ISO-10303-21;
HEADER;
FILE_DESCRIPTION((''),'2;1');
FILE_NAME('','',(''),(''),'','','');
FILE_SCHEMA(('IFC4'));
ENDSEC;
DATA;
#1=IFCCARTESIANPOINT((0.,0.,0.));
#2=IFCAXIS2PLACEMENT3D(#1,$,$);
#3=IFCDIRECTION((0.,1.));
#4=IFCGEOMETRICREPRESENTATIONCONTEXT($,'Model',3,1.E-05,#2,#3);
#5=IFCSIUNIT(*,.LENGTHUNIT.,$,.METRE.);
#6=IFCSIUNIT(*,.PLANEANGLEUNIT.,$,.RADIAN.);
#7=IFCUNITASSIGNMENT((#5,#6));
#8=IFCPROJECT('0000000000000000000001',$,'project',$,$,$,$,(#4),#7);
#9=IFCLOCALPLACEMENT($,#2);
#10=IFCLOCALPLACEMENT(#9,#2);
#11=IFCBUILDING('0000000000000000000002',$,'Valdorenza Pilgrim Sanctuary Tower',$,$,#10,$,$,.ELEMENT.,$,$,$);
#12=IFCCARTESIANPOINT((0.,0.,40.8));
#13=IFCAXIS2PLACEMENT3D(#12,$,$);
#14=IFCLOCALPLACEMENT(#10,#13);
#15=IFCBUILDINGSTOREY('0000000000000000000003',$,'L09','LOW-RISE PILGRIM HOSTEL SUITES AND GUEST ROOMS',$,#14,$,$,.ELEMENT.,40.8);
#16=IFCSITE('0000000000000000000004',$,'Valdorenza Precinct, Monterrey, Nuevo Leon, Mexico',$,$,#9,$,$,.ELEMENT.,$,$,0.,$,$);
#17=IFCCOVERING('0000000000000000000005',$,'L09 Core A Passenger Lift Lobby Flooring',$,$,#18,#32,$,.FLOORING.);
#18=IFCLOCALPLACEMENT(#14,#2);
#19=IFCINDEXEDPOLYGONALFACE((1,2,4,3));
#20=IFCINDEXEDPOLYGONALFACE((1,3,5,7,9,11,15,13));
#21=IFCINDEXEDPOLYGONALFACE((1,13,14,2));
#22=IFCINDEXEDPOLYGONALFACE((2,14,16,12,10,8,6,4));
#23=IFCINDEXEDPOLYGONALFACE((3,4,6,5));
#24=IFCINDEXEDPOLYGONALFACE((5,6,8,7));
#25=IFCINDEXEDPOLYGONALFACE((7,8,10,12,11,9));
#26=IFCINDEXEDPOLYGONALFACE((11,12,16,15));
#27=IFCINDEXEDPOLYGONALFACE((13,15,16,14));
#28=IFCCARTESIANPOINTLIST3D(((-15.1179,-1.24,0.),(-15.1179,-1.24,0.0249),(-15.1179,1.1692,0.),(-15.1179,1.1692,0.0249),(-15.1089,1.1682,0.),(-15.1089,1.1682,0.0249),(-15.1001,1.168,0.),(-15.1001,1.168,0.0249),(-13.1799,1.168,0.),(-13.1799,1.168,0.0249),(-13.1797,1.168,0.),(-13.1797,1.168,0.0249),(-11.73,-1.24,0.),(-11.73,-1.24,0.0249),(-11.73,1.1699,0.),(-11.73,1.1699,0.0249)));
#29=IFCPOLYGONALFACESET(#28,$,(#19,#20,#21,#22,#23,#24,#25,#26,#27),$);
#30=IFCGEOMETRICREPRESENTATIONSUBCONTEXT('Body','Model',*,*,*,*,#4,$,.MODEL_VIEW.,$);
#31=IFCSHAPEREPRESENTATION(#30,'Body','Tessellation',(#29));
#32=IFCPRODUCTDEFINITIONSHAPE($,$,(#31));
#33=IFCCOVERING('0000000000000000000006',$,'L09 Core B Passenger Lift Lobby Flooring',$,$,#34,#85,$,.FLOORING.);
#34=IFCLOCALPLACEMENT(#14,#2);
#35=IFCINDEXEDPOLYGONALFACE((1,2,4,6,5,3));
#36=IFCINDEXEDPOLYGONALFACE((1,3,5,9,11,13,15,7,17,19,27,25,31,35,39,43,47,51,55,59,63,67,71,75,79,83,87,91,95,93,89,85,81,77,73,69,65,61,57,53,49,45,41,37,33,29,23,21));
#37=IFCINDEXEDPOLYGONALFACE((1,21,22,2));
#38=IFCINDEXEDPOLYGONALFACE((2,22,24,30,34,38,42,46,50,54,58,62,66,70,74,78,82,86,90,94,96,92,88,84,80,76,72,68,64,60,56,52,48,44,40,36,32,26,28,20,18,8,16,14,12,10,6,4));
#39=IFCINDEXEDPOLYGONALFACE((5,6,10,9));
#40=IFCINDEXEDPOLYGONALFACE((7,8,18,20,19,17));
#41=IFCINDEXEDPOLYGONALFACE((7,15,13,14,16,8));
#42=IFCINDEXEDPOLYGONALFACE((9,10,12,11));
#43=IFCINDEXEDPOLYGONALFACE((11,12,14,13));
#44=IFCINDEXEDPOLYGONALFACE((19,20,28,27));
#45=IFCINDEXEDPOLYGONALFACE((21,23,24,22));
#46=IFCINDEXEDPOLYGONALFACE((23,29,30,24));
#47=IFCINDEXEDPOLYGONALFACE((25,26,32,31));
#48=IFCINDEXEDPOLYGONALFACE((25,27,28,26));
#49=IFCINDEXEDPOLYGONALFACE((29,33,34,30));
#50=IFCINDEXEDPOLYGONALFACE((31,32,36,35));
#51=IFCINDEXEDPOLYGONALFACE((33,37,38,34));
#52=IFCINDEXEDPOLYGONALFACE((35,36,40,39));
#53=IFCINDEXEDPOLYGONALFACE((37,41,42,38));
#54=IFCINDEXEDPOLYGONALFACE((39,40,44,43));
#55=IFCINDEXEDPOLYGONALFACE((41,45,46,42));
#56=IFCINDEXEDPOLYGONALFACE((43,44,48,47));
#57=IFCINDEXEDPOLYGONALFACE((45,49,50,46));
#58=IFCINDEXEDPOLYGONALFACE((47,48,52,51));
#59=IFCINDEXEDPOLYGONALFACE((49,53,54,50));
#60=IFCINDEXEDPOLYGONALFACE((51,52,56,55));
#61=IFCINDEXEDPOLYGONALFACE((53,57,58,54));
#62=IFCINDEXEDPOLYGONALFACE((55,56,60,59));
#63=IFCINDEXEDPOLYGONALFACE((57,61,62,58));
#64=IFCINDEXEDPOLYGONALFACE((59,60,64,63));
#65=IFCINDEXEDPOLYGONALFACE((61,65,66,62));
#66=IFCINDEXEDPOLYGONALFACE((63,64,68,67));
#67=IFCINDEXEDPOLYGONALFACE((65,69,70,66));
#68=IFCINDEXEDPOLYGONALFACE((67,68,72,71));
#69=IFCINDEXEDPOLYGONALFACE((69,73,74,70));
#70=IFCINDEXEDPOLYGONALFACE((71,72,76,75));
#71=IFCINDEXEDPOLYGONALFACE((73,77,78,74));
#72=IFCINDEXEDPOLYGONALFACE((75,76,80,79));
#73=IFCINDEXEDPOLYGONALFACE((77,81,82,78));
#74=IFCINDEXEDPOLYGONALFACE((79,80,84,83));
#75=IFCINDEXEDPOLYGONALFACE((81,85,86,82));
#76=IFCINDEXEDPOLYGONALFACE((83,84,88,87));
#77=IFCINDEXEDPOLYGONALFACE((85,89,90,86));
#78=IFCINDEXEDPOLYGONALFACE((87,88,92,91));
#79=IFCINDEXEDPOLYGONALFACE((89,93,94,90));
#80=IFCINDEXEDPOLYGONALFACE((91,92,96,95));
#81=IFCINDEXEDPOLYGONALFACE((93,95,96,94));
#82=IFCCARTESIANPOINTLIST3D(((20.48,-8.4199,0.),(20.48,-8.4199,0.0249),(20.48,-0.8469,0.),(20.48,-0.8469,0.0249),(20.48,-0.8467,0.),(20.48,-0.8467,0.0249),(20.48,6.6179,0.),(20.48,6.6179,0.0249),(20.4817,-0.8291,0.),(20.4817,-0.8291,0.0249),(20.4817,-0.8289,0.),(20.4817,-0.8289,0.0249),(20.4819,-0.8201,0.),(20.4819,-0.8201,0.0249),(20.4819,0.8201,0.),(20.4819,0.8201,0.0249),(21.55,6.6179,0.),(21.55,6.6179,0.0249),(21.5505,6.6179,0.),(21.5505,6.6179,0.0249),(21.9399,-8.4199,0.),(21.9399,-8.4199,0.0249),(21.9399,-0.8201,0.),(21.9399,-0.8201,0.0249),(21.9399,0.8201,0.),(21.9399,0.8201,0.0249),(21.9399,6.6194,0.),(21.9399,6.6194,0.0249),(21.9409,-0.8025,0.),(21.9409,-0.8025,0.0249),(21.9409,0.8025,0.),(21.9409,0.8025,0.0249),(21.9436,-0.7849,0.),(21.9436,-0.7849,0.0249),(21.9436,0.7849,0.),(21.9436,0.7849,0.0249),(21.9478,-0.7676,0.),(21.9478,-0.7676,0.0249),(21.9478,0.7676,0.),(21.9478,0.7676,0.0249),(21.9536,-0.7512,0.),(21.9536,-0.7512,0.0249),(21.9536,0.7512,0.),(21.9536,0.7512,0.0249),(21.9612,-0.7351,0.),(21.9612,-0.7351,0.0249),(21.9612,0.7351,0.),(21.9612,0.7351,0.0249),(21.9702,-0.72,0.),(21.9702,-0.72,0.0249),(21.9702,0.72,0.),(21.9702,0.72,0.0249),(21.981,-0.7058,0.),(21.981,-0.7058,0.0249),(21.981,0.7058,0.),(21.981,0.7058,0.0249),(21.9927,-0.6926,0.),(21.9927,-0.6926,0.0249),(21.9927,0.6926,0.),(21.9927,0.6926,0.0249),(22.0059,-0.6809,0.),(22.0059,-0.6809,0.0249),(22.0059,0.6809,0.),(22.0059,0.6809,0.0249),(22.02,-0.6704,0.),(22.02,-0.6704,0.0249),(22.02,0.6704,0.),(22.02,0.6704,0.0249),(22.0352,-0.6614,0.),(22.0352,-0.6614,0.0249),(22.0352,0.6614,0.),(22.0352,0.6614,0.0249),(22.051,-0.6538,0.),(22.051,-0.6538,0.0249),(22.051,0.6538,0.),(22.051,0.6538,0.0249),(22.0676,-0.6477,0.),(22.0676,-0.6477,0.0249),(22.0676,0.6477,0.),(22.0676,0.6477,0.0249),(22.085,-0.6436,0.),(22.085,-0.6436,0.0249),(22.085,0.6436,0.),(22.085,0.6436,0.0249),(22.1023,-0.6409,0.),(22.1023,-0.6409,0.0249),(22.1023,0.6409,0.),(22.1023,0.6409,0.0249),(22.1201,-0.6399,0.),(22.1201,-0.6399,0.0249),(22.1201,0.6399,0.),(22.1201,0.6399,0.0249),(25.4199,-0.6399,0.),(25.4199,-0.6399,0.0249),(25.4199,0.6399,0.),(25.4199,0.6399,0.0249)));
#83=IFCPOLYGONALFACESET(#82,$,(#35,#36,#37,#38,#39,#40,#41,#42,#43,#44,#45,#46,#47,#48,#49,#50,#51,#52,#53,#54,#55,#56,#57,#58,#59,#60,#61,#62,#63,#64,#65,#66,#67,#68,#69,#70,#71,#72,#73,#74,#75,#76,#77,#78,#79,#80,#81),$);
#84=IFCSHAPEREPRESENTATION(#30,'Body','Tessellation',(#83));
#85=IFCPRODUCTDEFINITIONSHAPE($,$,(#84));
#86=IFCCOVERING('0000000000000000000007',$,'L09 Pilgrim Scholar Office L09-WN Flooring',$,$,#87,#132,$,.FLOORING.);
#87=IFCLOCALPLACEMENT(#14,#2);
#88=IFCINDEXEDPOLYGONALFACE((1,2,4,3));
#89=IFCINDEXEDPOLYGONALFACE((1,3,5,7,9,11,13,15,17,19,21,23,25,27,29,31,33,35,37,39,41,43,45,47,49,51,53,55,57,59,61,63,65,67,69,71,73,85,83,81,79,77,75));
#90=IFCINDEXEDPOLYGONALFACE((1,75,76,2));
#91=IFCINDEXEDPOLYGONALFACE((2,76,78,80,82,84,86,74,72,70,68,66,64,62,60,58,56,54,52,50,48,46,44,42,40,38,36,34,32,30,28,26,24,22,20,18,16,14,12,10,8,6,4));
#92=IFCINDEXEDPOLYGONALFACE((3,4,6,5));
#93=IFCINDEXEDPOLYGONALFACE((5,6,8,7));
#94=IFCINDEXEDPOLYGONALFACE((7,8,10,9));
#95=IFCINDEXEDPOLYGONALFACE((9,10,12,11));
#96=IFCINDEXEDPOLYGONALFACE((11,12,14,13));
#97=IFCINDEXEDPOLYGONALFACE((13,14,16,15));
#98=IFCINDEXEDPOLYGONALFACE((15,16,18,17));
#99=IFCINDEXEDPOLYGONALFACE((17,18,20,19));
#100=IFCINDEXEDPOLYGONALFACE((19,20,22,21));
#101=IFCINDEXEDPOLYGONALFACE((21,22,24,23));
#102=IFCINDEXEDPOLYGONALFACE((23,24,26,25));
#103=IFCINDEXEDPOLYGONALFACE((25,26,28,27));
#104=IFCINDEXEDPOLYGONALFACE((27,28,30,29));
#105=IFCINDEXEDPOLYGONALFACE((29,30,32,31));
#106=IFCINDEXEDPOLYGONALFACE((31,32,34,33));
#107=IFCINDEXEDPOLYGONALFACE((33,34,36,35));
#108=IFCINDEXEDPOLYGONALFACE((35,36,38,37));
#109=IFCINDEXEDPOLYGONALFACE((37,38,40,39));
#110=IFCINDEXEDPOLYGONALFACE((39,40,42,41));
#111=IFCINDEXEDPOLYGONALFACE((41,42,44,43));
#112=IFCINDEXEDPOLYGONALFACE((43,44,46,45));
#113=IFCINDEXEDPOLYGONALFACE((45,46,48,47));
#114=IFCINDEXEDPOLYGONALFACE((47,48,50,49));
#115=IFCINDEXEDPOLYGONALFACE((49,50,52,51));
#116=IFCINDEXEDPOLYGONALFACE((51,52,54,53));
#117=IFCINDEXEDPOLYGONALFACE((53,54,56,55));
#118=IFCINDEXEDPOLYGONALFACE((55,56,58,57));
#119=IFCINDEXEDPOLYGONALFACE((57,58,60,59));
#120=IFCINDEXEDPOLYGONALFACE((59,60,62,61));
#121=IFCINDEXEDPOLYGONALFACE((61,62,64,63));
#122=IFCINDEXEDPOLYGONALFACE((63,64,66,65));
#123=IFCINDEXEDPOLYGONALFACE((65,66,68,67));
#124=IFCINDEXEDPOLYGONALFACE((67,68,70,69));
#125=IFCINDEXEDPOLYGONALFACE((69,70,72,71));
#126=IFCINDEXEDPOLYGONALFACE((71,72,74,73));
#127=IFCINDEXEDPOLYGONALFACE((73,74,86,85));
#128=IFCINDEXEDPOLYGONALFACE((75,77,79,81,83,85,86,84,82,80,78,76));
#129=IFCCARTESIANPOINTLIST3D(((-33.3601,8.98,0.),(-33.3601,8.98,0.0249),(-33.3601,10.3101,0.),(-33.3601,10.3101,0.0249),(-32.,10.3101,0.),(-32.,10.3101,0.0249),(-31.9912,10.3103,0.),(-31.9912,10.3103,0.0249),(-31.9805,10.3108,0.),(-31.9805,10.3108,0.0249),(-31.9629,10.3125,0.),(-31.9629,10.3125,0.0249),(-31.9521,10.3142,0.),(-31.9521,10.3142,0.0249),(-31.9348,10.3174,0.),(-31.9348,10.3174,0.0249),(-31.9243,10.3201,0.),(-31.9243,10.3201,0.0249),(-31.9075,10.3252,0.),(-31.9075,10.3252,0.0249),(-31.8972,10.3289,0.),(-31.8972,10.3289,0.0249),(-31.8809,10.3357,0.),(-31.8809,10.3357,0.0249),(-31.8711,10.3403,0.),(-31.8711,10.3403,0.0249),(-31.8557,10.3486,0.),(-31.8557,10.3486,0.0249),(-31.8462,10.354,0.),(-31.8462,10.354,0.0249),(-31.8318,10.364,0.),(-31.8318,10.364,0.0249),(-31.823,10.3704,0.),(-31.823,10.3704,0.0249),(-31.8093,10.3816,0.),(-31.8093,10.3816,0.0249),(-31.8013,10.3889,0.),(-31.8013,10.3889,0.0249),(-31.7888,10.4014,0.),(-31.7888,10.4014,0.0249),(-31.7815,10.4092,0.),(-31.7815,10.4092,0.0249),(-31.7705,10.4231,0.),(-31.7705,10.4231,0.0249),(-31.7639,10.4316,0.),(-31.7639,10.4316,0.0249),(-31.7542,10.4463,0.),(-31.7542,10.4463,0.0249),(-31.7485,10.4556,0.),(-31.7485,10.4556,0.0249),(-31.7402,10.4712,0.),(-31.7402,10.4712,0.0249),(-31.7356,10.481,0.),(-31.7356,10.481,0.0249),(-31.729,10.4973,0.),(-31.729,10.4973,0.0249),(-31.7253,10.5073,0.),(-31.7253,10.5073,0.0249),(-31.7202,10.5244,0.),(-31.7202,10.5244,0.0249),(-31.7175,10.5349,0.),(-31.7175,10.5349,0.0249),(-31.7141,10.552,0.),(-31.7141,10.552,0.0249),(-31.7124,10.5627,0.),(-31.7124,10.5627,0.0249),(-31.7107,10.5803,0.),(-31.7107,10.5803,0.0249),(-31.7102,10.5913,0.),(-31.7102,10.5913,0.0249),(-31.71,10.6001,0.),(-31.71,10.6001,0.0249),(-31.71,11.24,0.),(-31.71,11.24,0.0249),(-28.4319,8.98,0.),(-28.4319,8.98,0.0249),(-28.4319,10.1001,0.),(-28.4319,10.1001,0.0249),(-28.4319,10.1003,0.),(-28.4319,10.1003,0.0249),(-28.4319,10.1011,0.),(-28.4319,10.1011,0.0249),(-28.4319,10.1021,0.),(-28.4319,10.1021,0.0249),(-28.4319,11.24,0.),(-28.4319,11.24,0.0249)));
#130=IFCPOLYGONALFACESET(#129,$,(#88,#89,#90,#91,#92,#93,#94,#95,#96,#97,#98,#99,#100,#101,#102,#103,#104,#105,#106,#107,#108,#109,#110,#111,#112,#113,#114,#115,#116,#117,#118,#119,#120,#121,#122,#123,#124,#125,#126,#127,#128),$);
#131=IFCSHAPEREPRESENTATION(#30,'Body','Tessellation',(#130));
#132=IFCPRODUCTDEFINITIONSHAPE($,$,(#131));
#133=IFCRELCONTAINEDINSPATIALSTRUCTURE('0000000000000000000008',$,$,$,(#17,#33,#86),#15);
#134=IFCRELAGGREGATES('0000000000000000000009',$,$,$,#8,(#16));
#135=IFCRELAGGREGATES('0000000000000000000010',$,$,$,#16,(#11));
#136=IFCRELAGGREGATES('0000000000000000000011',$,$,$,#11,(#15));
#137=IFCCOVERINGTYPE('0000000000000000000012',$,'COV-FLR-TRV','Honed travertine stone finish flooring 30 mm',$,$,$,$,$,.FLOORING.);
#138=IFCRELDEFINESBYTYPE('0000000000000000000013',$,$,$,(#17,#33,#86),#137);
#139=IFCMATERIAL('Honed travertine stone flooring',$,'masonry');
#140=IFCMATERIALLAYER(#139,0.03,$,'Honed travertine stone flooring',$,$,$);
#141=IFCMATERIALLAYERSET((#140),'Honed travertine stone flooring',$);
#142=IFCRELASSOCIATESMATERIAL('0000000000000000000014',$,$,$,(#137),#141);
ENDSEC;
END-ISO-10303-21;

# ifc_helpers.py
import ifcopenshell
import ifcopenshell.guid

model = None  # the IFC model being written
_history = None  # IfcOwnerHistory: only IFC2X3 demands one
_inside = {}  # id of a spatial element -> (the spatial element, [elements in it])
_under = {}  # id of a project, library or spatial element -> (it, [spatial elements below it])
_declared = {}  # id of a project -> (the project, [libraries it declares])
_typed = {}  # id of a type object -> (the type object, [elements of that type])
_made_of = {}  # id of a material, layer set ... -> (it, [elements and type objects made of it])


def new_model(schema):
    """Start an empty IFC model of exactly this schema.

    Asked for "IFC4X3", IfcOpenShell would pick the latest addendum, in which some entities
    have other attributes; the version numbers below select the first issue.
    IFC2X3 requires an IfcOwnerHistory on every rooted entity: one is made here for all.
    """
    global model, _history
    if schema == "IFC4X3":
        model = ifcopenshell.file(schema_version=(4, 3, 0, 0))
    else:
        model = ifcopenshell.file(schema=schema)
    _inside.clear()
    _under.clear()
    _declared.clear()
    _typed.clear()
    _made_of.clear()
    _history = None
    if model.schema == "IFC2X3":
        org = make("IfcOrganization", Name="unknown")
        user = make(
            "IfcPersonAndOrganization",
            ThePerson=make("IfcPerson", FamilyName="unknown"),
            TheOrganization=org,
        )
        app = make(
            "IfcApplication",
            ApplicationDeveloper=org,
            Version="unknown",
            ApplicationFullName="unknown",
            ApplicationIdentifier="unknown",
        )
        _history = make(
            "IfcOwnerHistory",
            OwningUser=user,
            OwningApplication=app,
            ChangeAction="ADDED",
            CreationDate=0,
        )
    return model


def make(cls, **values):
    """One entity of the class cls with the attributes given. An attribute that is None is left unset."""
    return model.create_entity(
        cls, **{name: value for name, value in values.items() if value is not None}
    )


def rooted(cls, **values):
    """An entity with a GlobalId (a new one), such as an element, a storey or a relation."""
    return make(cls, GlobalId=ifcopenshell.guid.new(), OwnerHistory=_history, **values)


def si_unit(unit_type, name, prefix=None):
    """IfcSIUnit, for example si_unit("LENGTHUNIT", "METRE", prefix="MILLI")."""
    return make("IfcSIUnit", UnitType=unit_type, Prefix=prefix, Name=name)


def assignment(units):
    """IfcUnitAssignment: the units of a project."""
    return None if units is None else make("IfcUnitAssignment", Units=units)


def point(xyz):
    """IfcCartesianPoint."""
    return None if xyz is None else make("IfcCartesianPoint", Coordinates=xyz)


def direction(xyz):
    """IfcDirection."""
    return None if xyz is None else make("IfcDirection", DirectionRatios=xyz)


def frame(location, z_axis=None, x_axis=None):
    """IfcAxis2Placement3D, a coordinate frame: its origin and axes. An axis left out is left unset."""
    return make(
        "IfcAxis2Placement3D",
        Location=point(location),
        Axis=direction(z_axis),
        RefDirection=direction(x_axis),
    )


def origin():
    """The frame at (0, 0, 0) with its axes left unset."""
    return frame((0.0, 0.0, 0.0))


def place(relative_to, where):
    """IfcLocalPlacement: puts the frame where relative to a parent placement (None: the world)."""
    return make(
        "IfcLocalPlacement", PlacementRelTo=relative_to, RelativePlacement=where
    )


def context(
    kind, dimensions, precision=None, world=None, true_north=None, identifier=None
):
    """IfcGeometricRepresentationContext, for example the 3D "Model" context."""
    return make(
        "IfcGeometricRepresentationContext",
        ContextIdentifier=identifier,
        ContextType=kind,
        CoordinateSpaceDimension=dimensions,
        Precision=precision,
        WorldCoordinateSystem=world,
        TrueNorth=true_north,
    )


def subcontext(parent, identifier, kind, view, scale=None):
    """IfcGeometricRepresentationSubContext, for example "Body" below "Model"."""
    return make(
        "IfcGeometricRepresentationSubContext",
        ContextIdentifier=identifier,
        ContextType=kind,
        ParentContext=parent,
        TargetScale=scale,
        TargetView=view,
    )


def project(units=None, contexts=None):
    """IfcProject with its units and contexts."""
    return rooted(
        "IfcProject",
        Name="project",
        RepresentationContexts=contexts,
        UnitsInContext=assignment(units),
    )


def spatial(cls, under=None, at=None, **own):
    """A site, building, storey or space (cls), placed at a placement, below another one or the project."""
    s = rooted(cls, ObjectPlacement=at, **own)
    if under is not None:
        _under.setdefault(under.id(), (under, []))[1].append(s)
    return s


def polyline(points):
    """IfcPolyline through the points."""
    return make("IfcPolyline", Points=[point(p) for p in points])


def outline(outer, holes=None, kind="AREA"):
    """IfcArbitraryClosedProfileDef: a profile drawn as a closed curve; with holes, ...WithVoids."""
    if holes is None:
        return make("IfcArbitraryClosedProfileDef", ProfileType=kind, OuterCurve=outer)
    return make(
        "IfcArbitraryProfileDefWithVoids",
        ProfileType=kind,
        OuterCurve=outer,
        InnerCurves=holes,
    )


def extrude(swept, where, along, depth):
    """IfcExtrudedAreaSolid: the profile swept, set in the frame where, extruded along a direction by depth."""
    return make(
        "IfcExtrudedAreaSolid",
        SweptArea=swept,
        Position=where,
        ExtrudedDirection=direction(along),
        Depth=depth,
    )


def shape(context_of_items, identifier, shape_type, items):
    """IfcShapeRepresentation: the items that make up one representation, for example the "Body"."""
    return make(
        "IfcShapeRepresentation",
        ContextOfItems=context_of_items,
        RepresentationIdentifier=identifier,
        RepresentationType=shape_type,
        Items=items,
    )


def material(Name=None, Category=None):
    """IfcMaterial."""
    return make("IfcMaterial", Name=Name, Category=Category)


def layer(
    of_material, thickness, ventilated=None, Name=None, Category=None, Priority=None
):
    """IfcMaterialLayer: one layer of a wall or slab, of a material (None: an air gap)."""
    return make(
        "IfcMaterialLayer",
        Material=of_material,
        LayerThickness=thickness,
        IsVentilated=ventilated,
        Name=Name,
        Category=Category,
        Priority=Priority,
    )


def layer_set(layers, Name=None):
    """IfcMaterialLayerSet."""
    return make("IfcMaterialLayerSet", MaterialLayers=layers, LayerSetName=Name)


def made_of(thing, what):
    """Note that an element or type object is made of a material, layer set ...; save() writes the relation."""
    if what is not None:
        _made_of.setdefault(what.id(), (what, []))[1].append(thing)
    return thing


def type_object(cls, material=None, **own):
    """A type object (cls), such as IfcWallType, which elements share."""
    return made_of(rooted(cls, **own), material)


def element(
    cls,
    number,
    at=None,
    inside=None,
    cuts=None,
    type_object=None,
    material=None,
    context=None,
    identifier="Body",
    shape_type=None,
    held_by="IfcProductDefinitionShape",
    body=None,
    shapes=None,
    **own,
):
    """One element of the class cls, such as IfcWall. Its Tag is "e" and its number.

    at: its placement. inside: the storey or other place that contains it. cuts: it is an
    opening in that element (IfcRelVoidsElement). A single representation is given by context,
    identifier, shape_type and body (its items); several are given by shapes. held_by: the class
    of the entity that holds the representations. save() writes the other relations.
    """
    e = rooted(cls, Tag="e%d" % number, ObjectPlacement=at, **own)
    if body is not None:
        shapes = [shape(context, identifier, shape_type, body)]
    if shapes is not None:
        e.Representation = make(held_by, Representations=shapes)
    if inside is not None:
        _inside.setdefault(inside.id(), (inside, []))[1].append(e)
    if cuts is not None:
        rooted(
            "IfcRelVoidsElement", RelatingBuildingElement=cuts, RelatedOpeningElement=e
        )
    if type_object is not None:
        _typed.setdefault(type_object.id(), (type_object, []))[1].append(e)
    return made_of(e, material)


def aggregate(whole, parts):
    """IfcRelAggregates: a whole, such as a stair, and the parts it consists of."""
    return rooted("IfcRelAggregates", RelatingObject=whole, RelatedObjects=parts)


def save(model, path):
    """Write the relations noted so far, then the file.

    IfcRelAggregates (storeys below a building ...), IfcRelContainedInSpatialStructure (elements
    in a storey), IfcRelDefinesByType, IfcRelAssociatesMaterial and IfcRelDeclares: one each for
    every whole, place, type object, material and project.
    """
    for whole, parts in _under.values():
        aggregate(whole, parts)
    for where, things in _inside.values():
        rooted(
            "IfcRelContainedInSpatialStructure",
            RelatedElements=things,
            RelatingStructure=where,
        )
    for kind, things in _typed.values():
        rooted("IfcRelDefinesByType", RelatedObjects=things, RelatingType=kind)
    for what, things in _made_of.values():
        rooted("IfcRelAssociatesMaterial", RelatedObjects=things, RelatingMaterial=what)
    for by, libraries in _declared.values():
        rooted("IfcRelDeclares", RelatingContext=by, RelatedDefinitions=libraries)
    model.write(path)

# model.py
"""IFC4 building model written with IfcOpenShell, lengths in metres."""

from ifc_helpers import new_model, si_unit, direction, frame, origin, place, context, subcontext, project, spatial, polyline, outline, extrude, material, layer, layer_set, type_object, element, save


model = new_model("IFC4")

# Units and contexts
model_context = context("Model", 3, precision=1e-05, world=origin(), true_north=direction((0.0, 1.0)))
body_context = subcontext(model_context, "Body", "Model", "MODEL_VIEW")
ifc_project = project(units=[si_unit("LENGTHUNIT", "METRE"), si_unit("PLANEANGLEUNIT", "RADIAN")], contexts=[model_context])

# Site, building, storey
site_placement = place(None, origin())
site = spatial("IfcSite", under=ifc_project, at=site_placement, Name="Valdorenza Precinct, Monterrey, Nuevo Leon, Mexico", CompositionType="ELEMENT", RefElevation=0.0)
building_placement = place(site_placement, origin())
building = spatial("IfcBuilding", under=site, at=building_placement, Name="Valdorenza Pilgrim Sanctuary Tower", CompositionType="ELEMENT")
storey_placement = place(building_placement, frame((0.0, 0.0, 40.8)))
storey = spatial("IfcBuildingStorey", under=building, at=storey_placement, Name="L09", Description="LOW-RISE PILGRIM HOSTEL SUITES AND GUEST ROOMS", CompositionType="ELEMENT", Elevation=40.8)

# Coverings
ifc_material_1 = material(Name="Honed travertine stone flooring", Category="masonry")
ifc_layer_1 = layer(ifc_material_1, 0.03, Name="Honed travertine stone flooring")
ifc_layer_set_1 = layer_set([ifc_layer_1], Name="Honed travertine stone flooring")
covering_type_1 = type_object("IfcCoveringType", Name="COV-FLR-TRV", Description="Honed travertine stone finish flooring 30 mm", PredefinedType="FLOORING", material=ifc_layer_set_1)
covering_1_placement = place(storey_placement, origin())
element("IfcCovering", 1, at=covering_1_placement, inside=storey, type_object=covering_type_1, Name="L09 Core A Passenger Lift Lobby Flooring", PredefinedType="FLOORING", context=body_context, shape_type="SweptSolid", body=[
    extrude(outline(polyline([(-15.1179, 1.1692), (-15.1089, 1.1682), (-15.1089, 1.1682), (-15.1001, 1.168), (-13.1799, 1.168), (-13.1797, 1.168), (-11.73, 1.1699), (-11.73, -1.24), (-15.1179, -1.24), (-15.1179, 1.1692)])), origin(), (0.0, 0.0, 1.0), 0.0249),
])
covering_2_placement = place(storey_placement, origin())
element("IfcCovering", 2, at=covering_2_placement, inside=storey, type_object=covering_type_1, Name="L09 Core B Passenger Lift Lobby Flooring", PredefinedType="FLOORING", context=body_context, shape_type="SweptSolid", body=[
    extrude(outline(polyline([(20.48, 6.6179), (21.55, 6.6179), (21.5505, 6.6179), (21.9399, 6.6194), (21.9399, 0.8201), (21.9409, 0.8025), (21.9436, 0.7849), (21.9478, 0.7676), (21.9536, 0.7512), (21.9612, 0.7351), (21.9702, 0.72), (21.981, 0.7058), (21.9927, 0.6926), (22.0059, 0.6809), (22.02, 0.6704), (22.0352, 0.6614), (22.051, 0.6538), (22.0676, 0.6477), (22.085, 0.6436), (22.1023, 0.6409), (22.1201, 0.6399), (25.4199, 0.6399), (25.4199, -0.6399), (22.1201, -0.6399), (22.1023, -0.6409), (22.085, -0.6436), (22.0676, -0.6477), (22.051, -0.6538), (22.0352, -0.6614), (22.02, -0.6704), (22.0059, -0.6809), (21.9927, -0.6926), (21.981, -0.7058), (21.9702, -0.72), (21.9612, -0.7351), (21.9536, -0.7512), (21.9478, -0.7676), (21.9436, -0.7849), (21.9409, -0.8025), (21.9399, -0.8201), (21.9399, -8.4199), (20.48, -8.4199), (20.48, -0.8469), (20.48, -0.8467), (20.48, -0.8467), (20.4817, -0.8291), (20.4817, -0.8289), (20.4819, -0.8201), (20.4819, 0.8201), (20.48, 6.6179)])), origin(), (0.0, 0.0, 1.0), 0.0249),
])
covering_3_placement = place(storey_placement, origin())
element("IfcCovering", 3, at=covering_3_placement, inside=storey, type_object=covering_type_1, Name="L09 Pilgrim Scholar Office L09-WN Flooring", PredefinedType="FLOORING", context=body_context, shape_type="SweptSolid", body=[
    extrude(outline(polyline([(-28.4319, 11.24), (-28.4319, 10.1021), (-28.4319, 10.1011), (-28.4319, 10.1003), (-28.4319, 10.1001), (-28.4319, 8.98), (-33.3601, 8.98), (-33.3601, 10.3101), (-32.0, 10.3101), (-31.9912, 10.3103), (-31.9805, 10.3108), (-31.9629, 10.3125), (-31.9521, 10.3142), (-31.9348, 10.3174), (-31.9243, 10.3201), (-31.9075, 10.3252), (-31.8972, 10.3289), (-31.8809, 10.3357), (-31.8711, 10.3403), (-31.8557, 10.3486), (-31.8462, 10.354), (-31.8318, 10.364), (-31.823, 10.3704), (-31.8093, 10.3816), (-31.8013, 10.3889), (-31.7888, 10.4014), (-31.7815, 10.4092), (-31.7705, 10.4231), (-31.7639, 10.4316), (-31.7542, 10.4463), (-31.7485, 10.4556), (-31.7402, 10.4712), (-31.7356, 10.481), (-31.729, 10.4973), (-31.7253, 10.5073), (-31.7202, 10.5244), (-31.7175, 10.5349), (-31.7141, 10.552), (-31.7124, 10.5627), (-31.7107, 10.5803), (-31.7102, 10.5913), (-31.71, 10.6001), (-31.71, 11.24), (-28.4319, 11.24)])), origin(), (0.0, 0.0, 1.0), 0.0249),
])

save(model, "model.ifc")
